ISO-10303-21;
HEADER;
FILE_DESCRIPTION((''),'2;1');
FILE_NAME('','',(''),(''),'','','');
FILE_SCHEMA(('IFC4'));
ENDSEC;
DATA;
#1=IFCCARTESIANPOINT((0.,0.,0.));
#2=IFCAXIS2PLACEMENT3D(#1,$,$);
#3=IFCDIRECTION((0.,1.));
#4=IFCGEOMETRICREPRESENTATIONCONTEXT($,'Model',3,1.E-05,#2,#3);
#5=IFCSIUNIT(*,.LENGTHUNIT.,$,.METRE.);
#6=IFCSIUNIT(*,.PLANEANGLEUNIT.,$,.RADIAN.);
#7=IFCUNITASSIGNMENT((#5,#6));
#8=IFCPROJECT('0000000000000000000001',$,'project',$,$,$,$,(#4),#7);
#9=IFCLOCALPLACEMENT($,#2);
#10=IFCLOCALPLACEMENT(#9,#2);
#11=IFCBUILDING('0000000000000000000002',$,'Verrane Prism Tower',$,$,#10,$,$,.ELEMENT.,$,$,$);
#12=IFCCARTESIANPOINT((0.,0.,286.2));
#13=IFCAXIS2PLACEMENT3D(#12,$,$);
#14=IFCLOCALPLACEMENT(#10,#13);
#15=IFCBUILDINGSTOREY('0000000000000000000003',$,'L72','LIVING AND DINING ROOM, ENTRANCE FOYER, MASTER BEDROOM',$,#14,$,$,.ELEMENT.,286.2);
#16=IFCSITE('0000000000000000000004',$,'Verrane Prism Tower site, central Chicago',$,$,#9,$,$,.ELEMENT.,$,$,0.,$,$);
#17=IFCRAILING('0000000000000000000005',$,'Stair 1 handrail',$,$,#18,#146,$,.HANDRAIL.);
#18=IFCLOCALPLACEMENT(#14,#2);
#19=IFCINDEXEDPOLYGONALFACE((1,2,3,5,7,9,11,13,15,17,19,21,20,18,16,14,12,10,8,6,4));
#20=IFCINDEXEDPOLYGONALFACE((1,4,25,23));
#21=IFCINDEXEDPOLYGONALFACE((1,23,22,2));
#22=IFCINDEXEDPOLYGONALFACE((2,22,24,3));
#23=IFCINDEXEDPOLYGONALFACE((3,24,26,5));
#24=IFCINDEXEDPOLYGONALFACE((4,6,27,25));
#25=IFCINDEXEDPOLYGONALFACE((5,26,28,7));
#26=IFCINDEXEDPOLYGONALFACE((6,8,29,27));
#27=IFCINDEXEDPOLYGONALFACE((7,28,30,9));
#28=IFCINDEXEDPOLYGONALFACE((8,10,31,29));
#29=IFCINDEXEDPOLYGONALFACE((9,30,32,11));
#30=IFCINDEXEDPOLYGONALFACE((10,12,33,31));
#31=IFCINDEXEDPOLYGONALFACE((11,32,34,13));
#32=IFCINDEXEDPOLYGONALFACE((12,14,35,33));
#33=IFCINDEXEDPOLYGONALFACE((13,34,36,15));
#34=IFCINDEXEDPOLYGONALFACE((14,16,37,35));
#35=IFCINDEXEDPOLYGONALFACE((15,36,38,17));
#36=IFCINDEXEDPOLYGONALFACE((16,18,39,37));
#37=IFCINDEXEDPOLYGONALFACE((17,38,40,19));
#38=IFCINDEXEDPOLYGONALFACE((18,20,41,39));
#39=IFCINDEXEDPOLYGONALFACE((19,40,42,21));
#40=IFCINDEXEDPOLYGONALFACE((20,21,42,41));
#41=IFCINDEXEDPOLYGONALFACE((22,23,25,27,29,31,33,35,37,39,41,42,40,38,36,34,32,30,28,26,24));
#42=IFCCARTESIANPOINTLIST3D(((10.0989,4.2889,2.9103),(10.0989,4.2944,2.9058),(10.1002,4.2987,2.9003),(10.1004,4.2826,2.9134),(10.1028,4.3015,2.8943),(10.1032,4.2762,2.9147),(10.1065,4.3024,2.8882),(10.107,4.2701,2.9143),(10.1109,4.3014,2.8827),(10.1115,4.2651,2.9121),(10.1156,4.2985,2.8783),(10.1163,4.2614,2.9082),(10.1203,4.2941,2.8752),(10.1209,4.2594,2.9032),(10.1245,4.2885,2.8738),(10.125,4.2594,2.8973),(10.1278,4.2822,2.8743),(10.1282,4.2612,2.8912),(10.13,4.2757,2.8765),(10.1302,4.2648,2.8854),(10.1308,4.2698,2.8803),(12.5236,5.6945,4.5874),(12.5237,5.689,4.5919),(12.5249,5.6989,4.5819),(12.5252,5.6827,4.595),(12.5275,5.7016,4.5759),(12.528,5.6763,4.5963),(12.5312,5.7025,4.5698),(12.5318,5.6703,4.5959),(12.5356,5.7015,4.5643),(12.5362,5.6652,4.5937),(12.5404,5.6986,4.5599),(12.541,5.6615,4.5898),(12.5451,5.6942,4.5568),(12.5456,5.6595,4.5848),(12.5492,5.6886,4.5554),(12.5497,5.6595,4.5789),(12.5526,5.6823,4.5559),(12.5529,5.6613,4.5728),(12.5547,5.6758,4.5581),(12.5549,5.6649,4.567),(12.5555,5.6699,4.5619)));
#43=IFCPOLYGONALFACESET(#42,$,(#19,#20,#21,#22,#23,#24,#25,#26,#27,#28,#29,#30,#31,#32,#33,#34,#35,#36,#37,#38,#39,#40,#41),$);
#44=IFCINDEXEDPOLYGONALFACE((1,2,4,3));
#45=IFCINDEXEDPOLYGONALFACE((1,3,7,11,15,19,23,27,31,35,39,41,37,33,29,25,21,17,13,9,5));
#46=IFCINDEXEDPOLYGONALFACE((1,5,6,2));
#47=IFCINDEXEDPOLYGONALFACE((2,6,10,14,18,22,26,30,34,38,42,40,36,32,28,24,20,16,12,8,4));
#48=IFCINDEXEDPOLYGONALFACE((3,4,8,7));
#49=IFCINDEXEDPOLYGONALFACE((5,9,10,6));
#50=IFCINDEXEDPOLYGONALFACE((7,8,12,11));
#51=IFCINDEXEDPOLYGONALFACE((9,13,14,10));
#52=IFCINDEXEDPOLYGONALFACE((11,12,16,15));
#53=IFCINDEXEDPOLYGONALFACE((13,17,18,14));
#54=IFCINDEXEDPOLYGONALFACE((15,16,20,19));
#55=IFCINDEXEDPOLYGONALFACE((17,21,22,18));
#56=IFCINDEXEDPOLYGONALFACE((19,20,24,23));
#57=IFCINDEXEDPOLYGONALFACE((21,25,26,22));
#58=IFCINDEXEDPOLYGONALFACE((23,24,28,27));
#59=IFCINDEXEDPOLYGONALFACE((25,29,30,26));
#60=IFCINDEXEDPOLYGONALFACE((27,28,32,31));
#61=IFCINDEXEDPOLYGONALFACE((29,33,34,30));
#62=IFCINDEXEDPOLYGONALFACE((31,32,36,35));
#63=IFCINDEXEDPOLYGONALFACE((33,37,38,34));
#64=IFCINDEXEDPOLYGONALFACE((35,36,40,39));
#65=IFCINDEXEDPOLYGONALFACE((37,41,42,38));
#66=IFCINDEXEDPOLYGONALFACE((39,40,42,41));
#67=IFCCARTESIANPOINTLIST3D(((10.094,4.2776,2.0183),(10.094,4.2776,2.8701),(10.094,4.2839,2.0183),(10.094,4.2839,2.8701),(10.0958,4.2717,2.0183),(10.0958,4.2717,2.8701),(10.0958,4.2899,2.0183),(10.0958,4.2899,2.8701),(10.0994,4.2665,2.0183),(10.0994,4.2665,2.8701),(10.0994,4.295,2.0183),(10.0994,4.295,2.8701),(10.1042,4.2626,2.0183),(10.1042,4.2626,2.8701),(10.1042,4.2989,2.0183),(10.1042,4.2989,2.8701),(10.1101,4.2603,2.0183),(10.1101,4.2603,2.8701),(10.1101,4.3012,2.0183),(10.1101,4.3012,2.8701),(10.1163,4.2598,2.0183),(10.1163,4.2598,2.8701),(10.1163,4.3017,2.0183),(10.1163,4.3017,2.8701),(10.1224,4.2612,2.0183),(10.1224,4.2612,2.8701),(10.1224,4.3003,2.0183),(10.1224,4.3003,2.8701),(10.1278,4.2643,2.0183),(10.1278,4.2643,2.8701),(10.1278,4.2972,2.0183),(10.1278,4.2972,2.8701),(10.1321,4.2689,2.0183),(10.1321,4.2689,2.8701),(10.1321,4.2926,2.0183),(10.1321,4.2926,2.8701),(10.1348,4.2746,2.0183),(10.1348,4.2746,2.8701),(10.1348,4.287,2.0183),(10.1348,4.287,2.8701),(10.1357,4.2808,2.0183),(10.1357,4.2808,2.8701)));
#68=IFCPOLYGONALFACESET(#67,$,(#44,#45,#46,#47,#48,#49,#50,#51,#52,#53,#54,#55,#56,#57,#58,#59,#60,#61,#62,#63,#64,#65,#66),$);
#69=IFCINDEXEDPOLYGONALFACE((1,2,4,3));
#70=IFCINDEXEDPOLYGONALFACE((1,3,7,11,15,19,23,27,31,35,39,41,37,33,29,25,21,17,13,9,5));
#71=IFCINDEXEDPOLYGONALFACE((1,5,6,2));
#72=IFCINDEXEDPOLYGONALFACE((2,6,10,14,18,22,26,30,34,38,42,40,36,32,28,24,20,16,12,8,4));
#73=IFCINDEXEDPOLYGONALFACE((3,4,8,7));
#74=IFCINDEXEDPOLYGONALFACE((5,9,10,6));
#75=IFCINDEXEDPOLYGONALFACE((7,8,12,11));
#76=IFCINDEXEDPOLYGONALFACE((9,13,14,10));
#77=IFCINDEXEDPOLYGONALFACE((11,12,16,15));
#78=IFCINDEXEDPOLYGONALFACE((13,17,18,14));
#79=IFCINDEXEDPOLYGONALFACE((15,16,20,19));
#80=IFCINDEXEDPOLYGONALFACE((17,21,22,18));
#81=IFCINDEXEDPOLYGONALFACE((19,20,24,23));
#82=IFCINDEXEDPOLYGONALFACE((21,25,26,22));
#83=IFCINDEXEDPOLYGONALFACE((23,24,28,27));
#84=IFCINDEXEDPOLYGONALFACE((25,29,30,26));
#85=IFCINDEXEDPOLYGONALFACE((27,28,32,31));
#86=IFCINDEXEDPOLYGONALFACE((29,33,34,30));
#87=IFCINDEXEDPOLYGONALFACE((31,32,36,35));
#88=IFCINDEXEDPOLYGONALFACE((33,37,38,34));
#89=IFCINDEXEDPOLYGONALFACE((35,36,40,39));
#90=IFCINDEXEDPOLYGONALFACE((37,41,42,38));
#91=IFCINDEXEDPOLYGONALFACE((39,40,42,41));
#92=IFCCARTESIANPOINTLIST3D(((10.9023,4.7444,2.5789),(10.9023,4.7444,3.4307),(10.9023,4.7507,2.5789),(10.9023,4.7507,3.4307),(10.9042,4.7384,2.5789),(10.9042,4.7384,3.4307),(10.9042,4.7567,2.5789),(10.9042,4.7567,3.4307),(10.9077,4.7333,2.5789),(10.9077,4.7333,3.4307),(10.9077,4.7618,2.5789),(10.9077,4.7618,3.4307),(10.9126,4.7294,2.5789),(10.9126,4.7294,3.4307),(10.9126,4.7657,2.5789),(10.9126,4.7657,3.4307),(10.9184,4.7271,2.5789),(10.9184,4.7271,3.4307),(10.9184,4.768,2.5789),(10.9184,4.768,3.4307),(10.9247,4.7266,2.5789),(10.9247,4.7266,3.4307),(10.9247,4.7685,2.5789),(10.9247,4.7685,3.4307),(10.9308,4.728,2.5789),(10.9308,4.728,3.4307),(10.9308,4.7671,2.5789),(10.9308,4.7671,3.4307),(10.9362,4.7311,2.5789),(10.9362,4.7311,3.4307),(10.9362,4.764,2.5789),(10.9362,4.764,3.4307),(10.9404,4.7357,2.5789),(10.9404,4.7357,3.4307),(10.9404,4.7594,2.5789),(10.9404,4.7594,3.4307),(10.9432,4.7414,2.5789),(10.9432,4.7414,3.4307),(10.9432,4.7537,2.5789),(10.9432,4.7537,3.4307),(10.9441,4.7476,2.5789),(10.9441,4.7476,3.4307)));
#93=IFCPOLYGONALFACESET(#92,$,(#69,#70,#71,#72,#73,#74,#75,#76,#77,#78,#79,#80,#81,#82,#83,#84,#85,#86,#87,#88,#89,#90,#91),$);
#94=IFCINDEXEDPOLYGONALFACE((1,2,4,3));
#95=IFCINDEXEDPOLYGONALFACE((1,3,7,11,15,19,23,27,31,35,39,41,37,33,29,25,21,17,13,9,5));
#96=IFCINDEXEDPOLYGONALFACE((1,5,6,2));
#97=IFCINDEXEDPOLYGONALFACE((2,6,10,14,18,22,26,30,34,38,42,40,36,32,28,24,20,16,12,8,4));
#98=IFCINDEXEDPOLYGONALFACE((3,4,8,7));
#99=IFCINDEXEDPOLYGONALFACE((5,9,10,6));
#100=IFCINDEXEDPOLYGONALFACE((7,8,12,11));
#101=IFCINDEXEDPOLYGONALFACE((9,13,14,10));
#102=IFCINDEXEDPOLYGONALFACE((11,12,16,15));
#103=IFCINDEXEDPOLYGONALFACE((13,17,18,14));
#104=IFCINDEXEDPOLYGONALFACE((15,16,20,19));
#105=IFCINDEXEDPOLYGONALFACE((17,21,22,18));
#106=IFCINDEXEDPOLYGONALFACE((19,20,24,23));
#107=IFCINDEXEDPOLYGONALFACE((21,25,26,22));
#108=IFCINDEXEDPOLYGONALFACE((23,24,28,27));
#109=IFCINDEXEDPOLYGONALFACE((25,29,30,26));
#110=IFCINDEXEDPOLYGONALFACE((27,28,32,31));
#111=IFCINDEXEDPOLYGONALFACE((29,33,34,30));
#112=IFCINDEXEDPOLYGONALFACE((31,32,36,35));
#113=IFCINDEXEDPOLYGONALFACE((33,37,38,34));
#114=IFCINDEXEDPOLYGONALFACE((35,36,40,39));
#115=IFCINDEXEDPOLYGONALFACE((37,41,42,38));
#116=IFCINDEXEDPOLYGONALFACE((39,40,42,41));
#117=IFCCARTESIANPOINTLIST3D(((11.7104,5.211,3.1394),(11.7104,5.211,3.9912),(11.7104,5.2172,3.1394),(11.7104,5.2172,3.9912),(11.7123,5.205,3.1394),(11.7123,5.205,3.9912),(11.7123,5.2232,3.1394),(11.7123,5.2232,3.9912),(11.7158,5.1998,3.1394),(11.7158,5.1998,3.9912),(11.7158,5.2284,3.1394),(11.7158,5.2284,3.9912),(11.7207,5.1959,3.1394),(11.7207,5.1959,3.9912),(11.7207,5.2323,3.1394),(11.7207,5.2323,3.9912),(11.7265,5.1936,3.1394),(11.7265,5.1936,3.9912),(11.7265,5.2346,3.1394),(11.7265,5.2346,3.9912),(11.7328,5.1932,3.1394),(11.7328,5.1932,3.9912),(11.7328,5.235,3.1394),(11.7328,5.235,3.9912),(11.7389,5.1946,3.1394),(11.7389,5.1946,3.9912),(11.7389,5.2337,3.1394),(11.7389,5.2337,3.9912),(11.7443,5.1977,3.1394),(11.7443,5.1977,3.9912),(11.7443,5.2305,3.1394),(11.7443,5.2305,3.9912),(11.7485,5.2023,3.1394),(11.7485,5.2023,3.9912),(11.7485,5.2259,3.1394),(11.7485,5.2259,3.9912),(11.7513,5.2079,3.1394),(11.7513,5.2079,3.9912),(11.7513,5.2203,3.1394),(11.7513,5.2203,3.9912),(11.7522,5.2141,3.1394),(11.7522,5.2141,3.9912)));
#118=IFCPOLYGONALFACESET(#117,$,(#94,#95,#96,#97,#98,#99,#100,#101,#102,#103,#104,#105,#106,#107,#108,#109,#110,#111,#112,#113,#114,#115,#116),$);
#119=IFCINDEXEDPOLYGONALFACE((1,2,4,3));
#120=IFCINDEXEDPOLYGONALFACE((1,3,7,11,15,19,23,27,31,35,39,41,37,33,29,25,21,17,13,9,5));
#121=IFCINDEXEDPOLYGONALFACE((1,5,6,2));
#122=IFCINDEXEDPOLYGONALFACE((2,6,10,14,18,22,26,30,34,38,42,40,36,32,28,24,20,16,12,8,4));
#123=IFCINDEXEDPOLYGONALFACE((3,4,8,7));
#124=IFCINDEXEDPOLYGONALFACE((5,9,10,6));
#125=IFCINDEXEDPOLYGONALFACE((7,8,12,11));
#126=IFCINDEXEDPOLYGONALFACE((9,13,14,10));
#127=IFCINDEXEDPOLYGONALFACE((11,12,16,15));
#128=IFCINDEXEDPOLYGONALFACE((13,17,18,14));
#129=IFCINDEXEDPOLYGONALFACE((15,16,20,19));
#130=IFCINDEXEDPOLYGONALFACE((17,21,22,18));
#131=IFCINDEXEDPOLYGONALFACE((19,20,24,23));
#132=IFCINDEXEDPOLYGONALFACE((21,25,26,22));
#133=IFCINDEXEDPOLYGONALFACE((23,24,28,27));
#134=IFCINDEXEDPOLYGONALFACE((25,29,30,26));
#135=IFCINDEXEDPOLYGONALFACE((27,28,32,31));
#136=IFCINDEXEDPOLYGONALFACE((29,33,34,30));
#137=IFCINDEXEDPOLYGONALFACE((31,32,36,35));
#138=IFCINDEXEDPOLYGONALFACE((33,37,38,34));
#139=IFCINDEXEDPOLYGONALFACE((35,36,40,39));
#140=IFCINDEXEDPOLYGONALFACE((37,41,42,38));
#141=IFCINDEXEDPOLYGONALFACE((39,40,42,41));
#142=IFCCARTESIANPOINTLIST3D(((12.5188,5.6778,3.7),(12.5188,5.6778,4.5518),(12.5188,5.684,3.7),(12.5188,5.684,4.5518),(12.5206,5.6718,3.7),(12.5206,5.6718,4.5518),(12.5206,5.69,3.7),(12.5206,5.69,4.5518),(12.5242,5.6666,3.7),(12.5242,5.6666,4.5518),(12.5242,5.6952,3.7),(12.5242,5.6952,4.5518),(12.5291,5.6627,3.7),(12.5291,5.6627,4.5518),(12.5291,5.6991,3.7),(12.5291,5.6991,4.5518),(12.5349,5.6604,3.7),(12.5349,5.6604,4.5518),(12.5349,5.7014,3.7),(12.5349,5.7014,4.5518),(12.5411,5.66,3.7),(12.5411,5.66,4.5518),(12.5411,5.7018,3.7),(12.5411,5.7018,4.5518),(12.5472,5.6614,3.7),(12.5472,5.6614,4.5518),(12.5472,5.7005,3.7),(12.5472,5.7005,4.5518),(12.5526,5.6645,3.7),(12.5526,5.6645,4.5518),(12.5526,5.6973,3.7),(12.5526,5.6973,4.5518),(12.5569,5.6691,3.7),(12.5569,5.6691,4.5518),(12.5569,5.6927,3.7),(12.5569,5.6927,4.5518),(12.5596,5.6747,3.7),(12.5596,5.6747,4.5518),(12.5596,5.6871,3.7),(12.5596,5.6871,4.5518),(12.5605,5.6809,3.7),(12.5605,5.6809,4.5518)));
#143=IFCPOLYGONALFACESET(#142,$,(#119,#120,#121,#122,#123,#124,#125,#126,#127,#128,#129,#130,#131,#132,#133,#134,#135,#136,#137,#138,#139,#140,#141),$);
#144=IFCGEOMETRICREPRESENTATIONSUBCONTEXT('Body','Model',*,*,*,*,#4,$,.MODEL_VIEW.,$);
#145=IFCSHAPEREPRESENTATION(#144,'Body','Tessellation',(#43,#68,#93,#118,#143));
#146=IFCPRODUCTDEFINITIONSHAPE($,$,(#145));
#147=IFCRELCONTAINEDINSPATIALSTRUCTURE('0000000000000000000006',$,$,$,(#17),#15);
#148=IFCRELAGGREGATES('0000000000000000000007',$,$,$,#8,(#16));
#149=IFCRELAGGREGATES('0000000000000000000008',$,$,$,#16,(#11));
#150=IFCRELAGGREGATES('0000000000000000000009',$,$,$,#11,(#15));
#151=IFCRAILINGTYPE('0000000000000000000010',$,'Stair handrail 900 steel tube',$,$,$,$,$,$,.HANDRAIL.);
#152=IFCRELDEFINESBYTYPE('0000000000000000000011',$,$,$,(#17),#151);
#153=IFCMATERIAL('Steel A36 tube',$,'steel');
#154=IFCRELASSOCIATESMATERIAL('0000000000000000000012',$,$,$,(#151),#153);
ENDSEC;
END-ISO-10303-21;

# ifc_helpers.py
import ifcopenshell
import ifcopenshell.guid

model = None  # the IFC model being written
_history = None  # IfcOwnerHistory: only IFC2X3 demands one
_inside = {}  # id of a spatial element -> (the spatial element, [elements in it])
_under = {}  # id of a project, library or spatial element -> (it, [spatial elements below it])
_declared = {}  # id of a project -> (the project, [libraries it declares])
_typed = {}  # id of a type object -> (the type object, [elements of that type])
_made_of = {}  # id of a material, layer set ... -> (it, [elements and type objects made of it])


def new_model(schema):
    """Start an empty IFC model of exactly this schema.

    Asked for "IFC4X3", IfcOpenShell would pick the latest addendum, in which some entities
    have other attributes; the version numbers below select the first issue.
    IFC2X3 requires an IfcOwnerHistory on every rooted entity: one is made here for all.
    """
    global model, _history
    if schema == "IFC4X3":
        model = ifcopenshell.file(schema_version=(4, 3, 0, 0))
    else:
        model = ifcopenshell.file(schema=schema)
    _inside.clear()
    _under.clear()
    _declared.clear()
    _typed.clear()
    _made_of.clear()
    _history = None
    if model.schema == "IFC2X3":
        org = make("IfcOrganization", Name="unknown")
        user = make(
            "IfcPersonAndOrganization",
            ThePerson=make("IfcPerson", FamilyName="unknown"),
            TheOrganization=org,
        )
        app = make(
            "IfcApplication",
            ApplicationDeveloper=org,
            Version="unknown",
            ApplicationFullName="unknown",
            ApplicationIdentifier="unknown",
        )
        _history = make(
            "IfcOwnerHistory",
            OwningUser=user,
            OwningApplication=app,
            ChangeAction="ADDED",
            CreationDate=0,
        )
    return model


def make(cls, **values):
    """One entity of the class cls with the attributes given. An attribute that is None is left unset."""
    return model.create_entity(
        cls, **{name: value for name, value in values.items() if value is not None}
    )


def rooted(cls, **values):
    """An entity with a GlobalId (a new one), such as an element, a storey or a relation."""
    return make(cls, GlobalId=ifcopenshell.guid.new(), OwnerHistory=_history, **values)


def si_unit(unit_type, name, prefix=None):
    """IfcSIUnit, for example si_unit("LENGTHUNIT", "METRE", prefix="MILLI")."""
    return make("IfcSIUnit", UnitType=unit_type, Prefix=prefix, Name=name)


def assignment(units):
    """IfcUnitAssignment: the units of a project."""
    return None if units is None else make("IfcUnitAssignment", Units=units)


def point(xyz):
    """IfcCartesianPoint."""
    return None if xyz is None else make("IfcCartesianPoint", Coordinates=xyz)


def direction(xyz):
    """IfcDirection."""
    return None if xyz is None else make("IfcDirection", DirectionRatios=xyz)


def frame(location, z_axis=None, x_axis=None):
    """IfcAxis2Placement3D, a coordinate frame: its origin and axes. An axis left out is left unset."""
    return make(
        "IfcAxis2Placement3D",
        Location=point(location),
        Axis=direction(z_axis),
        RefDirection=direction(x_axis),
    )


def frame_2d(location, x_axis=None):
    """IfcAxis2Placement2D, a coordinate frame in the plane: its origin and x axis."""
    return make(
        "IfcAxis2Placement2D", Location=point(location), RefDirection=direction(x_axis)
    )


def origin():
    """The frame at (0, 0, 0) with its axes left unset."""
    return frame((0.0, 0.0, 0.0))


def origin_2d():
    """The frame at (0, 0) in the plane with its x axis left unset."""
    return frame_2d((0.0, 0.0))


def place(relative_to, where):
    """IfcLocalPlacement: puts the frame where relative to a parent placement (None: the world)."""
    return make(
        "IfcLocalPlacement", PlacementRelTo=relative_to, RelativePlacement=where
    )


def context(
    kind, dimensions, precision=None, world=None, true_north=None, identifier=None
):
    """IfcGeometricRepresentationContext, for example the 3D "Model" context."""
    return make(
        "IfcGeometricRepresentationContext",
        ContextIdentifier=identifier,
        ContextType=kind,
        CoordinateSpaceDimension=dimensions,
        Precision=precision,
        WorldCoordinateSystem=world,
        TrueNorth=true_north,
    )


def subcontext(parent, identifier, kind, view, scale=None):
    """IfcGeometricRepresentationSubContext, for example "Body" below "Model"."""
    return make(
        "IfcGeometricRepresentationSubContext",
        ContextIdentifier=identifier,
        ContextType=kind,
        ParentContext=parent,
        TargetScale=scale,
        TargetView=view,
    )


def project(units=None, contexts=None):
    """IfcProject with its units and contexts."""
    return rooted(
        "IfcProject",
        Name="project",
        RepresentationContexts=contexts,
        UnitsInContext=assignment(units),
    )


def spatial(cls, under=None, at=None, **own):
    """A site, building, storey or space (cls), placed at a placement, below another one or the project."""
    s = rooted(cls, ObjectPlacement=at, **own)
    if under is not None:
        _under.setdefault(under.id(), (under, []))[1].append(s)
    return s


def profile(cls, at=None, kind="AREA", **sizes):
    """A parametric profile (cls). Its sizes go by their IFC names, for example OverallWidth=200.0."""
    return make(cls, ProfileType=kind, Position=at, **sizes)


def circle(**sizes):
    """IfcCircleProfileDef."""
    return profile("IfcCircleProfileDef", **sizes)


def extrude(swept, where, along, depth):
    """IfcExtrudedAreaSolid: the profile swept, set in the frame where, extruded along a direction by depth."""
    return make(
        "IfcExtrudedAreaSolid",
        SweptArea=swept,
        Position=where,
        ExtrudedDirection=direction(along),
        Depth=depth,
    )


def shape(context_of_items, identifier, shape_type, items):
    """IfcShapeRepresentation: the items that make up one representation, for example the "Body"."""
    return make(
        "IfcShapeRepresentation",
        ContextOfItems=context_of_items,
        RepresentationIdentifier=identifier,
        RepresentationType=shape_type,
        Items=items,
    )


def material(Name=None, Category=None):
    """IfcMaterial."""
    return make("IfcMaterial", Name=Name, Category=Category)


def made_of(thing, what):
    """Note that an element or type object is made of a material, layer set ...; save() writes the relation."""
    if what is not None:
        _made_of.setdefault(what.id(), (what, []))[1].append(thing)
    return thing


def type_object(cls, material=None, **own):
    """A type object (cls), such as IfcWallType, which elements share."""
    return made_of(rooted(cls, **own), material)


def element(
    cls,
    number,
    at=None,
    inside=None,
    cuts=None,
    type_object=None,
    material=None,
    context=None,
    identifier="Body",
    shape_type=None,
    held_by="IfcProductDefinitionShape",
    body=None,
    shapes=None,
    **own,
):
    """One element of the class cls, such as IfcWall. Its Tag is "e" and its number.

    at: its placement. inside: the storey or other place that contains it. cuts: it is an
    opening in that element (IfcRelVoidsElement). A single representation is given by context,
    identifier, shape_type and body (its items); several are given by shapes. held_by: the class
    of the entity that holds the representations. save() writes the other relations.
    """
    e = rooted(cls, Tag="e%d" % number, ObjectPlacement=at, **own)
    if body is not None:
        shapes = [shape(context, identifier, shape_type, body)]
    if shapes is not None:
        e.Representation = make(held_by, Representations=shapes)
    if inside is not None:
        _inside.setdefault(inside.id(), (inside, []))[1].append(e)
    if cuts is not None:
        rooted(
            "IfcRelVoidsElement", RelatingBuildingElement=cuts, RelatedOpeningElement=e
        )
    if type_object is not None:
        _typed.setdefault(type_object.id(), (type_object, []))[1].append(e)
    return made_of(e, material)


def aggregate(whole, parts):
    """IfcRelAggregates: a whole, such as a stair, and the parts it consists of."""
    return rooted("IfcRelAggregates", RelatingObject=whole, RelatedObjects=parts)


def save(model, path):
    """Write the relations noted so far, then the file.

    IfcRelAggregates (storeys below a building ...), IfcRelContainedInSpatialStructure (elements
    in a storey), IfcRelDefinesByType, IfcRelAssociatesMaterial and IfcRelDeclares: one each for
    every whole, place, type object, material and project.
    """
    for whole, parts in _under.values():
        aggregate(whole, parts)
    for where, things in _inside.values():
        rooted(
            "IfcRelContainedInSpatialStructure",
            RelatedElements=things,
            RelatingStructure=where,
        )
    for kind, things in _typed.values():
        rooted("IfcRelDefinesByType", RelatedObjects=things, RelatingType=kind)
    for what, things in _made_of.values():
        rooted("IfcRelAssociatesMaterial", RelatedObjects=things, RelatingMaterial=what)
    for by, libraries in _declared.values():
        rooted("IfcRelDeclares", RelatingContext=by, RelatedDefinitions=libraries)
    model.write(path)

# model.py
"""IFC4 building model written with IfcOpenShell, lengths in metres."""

from ifc_helpers import new_model, si_unit, direction, frame, origin, origin_2d, place, context, subcontext, project, spatial, circle, extrude, material, type_object, element, save


model = new_model("IFC4")

# Units and contexts
model_context = context("Model", 3, precision=1e-05, world=origin(), true_north=direction((0.0, 1.0)))
body_context = subcontext(model_context, "Body", "Model", "MODEL_VIEW")
ifc_project = project(units=[si_unit("LENGTHUNIT", "METRE"), si_unit("PLANEANGLEUNIT", "RADIAN")], contexts=[model_context])

# Site, building, storey
site_placement = place(None, origin())
site = spatial("IfcSite", under=ifc_project, at=site_placement, Name="Verrane Prism Tower site, central Chicago", CompositionType="ELEMENT", RefElevation=0.0)
building_placement = place(site_placement, origin())
building = spatial("IfcBuilding", under=site, at=building_placement, Name="Verrane Prism Tower", CompositionType="ELEMENT")
storey_placement = place(building_placement, frame((0.0, 0.0, 286.2)))
storey = spatial("IfcBuildingStorey", under=building, at=storey_placement, Name="L72", Description="LIVING AND DINING ROOM, ENTRANCE FOYER, MASTER BEDROOM", CompositionType="ELEMENT", Elevation=286.2)

# Railing
ifc_material_1 = material(Name="Steel A36 tube", Category="steel")
railing_type = type_object("IfcRailingType", Name="Stair handrail 900 steel tube", PredefinedType="HANDRAIL", material=ifc_material_1)
railing_placement = place(storey_placement, frame((10.1147, 4.2808, 2.0183)))
element("IfcRailing", 1, at=railing_placement, inside=storey, type_object=railing_type, Name="Stair 1 handrail", PredefinedType="HANDRAIL", context=body_context, shape_type="SweptSolid", body=[
    extrude(circle(Radius=0.0239, at=origin_2d()), frame((0.0, 0.0, 0.876), z_axis=(0.742395, 0.428679, 0.514863), x_axis=(-0.50005, 0.865997, 0.0)), (0.0, 0.0, 1.0), 3.2661),
    extrude(circle(Radius=0.021, at=origin_2d()), origin(), (0.0, 0.0, 1.0), 0.8518),
    extrude(circle(Radius=0.021, at=origin_2d()), frame((0.8083, 0.4668, 0.5605)), (0.0, 0.0, 1.0), 0.8518),
    extrude(circle(Radius=0.021, at=origin_2d()), frame((1.6165, 0.9333, 1.1211)), (0.0, 0.0, 1.0), 0.8518),
    extrude(circle(Radius=0.021, at=origin_2d()), frame((2.4248, 1.4001, 1.6816)), (0.0, 0.0, 1.0), 0.8518),
])

save(model, "model.ifc")
